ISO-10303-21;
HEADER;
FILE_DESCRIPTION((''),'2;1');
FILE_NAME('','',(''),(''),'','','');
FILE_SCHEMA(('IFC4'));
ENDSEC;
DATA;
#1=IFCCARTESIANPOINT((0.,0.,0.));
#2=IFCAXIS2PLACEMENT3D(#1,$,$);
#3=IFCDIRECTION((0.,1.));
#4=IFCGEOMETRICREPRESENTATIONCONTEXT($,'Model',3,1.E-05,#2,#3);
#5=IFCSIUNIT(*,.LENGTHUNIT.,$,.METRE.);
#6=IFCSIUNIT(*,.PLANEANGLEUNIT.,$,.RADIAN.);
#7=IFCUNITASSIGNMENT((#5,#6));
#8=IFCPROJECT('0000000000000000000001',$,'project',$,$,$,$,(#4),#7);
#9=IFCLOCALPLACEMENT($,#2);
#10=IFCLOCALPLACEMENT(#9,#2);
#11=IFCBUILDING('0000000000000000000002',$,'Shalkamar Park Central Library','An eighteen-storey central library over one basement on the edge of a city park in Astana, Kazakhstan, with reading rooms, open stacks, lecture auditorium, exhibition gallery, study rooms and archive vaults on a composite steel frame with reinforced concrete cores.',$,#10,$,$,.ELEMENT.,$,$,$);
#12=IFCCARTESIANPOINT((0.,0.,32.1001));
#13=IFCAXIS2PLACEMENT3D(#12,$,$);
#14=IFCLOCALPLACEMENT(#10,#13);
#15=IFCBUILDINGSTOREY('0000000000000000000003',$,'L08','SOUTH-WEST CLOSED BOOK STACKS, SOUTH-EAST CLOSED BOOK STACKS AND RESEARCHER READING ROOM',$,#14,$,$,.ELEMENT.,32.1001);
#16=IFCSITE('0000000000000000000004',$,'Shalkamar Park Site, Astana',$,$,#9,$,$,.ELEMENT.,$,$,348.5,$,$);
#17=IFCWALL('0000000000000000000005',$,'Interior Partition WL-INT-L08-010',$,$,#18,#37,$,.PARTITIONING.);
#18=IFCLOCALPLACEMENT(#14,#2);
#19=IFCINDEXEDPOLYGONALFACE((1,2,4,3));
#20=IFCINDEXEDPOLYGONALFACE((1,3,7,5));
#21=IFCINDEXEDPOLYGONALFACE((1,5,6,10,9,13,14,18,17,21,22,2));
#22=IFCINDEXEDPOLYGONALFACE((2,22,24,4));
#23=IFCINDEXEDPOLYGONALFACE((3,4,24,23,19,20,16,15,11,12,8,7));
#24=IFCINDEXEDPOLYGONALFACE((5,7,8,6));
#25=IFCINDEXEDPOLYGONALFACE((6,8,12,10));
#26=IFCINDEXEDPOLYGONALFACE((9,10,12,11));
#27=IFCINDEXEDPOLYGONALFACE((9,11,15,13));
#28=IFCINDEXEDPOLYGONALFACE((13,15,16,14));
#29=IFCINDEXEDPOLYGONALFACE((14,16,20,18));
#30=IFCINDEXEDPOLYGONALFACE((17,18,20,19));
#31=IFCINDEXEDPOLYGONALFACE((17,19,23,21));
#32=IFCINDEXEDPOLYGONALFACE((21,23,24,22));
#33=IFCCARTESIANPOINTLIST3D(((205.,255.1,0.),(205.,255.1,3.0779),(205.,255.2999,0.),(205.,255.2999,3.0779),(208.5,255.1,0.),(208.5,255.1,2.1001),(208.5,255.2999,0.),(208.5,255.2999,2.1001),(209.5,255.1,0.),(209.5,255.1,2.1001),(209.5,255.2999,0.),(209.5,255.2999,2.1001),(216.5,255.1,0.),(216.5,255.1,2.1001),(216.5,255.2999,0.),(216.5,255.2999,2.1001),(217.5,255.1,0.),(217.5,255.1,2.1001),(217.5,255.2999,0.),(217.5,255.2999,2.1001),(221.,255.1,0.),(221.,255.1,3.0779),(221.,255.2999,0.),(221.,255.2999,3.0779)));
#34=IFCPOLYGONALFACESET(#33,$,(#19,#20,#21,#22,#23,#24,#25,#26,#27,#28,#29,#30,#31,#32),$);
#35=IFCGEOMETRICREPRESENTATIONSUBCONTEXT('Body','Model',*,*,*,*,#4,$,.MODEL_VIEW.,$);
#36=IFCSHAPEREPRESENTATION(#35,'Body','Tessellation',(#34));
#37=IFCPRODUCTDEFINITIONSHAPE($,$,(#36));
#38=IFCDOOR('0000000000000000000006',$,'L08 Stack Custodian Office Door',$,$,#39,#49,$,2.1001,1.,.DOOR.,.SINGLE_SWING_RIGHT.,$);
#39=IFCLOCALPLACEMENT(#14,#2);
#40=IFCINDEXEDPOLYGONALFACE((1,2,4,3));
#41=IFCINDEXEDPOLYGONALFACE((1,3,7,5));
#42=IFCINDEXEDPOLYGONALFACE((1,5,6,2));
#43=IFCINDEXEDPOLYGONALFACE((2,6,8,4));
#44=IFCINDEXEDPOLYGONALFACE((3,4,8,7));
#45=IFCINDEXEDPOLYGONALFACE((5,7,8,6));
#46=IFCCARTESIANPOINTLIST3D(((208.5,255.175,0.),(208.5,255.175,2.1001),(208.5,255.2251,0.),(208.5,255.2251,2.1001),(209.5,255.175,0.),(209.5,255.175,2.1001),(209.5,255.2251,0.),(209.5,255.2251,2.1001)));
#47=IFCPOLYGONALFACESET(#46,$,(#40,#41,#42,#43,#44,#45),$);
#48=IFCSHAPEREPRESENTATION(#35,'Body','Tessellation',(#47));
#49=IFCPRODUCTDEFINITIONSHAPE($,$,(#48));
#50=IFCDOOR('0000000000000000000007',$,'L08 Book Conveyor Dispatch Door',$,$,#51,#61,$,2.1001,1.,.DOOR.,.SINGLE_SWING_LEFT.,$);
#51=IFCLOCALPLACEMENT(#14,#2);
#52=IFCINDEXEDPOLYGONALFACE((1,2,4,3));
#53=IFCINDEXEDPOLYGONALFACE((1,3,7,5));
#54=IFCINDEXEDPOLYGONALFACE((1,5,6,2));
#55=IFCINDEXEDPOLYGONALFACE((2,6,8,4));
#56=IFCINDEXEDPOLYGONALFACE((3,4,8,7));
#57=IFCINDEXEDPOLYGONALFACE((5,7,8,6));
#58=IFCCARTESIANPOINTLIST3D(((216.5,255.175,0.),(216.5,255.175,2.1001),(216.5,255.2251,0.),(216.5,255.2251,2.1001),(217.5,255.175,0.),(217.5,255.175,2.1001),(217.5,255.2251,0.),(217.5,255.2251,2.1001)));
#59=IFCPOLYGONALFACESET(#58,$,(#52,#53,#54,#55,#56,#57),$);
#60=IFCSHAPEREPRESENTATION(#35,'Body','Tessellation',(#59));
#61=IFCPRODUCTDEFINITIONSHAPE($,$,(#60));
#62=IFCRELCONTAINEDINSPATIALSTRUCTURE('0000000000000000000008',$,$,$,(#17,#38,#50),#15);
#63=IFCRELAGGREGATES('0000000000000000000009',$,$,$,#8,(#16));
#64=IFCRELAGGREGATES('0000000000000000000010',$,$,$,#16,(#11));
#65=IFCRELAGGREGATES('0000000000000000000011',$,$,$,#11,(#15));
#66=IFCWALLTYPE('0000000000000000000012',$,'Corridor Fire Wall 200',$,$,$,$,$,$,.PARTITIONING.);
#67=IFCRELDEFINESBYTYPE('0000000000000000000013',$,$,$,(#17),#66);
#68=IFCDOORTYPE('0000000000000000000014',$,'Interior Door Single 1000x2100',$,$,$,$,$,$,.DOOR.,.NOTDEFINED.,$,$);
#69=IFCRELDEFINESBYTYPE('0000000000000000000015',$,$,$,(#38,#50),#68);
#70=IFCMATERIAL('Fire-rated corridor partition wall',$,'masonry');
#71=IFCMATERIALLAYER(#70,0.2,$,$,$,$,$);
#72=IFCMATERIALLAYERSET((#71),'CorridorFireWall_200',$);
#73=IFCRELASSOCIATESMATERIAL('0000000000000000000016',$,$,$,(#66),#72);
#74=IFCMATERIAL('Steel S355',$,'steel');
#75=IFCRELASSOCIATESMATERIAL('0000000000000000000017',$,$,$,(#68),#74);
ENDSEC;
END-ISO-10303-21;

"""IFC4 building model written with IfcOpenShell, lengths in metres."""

from ifc_helpers import new_model, si_unit, direction, frame, frame_2d, origin, place, context, subcontext, project, spatial, rectangle, extrude, material, layer, layer_set, type_object, element, fill, save


model = new_model("IFC4")

# Units and contexts
model_context = context("Model", 3, precision=1e-05, world=origin(), true_north=direction((0.0, 1.0)))
body_context = subcontext(model_context, "Body", "Model", "MODEL_VIEW")
ifc_project = project(units=[si_unit("LENGTHUNIT", "METRE"), si_unit("PLANEANGLEUNIT", "RADIAN")], contexts=[model_context])

# Site, building, storey
site_placement = place(None, origin())
site = spatial("IfcSite", under=ifc_project, at=site_placement, Name="Shalkamar Park Site, Astana", CompositionType="ELEMENT", RefElevation=348.5)
building_placement = place(site_placement, origin())
building = spatial("IfcBuilding", under=site, at=building_placement, Name="Shalkamar Park Central Library", Description="An eighteen-storey central library over one basement on the edge of a city park in Astana, Kazakhstan, with reading rooms, open stacks, lecture auditorium, exhibition gallery, study rooms and archive vaults on a composite steel frame with reinforced concrete cores.", CompositionType="ELEMENT")
storey_placement = place(building_placement, frame((0.0, 0.0, 32.1001)))
storey = spatial("IfcBuildingStorey", under=building, at=storey_placement, Name="L08", Description="SOUTH-WEST CLOSED BOOK STACKS, SOUTH-EAST CLOSED BOOK STACKS AND RESEARCHER READING ROOM", CompositionType="ELEMENT", Elevation=32.1001)

# Shared definitions
ifc_material_1 = material(Name="Steel S355", Category="steel")

# Shared definitions
ifc_material_2 = material(Name="Fire-rated corridor partition wall", Category="masonry")
ifc_layer_1 = layer(ifc_material_2, 0.2)
ifc_layer_set_1 = layer_set([ifc_layer_1], Name="CorridorFireWall_200")
wall_type_1 = type_object("IfcWallType", Name="Corridor Fire Wall 200", PredefinedType="PARTITIONING", material=ifc_layer_set_1)

# Wall, openings, doors
wall_1_placement = place(storey_placement, frame((205.0, 255.2, 0.0), z_axis=(0.0, 0.0, 1.0), x_axis=(1.0, 0.0, 0.0)))
wall_1 = element("IfcWall", 1, at=wall_1_placement, inside=storey, type_object=wall_type_1, Name="Interior Partition WL-INT-L08-010", PredefinedType="PARTITIONING", context=body_context, shape_type="SweptSolid", body=[
    extrude(rectangle(XDim=16.0, YDim=0.2, at=frame_2d((8.0, 0.0))), origin(), (0.0, 0.0, 1.0), 3.0779),
])
opening_1_placement = place(wall_1_placement, frame((3.5, 0.0, 0.0)))
opening_1 = element("IfcOpeningElement", 2, at=opening_1_placement, cuts=wall_1, PredefinedType="OPENING", context=body_context, shape_type="SweptSolid", body=[
    extrude(rectangle(XDim=1.0, YDim=2.1001, at=frame_2d((0.5, 1.05))), frame((0.0, 0.1147, 0.0), z_axis=(0.0, -1.0, 0.0), x_axis=(1.0, 0.0, 0.0)), (0.0, 0.0, 1.0), 0.2297),
])
opening_2_placement = place(wall_1_placement, frame((11.5, 0.0, 0.0)))
opening_2 = element("IfcOpeningElement", 3, at=opening_2_placement, cuts=wall_1, PredefinedType="OPENING", context=body_context, shape_type="SweptSolid", body=[
    extrude(rectangle(XDim=1.0, YDim=2.1001, at=frame_2d((0.5, 1.05))), frame((0.0, 0.1147, 0.0), z_axis=(0.0, -1.0, 0.0), x_axis=(1.0, 0.0, 0.0)), (0.0, 0.0, 1.0), 0.2297),
])
door_type_1 = type_object("IfcDoorType", Name="Interior Door Single 1000x2100", OperationType="NOTDEFINED", PredefinedType="DOOR", material=ifc_material_1)
door_1_placement = place(opening_1_placement, frame((1.0, 0.0, 0.0), z_axis=(0.0, 0.0, 1.0), x_axis=(-1.0, 0.0, 0.0)))
door_1 = element("IfcDoor", 4, at=door_1_placement, inside=storey, type_object=door_type_1, Name="L08 Stack Custodian Office Door", OperationType="SINGLE_SWING_RIGHT", OverallHeight=2.1001, OverallWidth=1.0, PredefinedType="DOOR", context=body_context, shape_type="SweptSolid", body=[
    extrude(rectangle(XDim=1.0, YDim=2.1001, at=frame_2d((0.5, 1.05))), frame((0.0, 0.0249, 0.0), z_axis=(0.0, -1.0, 0.0), x_axis=(1.0, 0.0, 0.0)), (0.0, 0.0, 1.0), 0.05),
])
fill(opening_1, door_1)
door_2_placement = place(opening_2_placement, frame((1.0, 0.0, 0.0), z_axis=(0.0, 0.0, 1.0), x_axis=(-1.0, 0.0, 0.0)))
door_2 = element("IfcDoor", 5, at=door_2_placement, inside=storey, type_object=door_type_1, Name="L08 Book Conveyor Dispatch Door", OperationType="SINGLE_SWING_LEFT", OverallHeight=2.1001, OverallWidth=1.0, PredefinedType="DOOR", context=body_context, shape_type="SweptSolid", body=[
    extrude(rectangle(XDim=1.0, YDim=2.1001, at=frame_2d((0.5, 1.05))), frame((0.0, 0.0249, 0.0), z_axis=(0.0, -1.0, 0.0), x_axis=(1.0, 0.0, 0.0)), (0.0, 0.0, 1.0), 0.05),
])
fill(opening_2, door_2)

save(model, "model.ifc")
